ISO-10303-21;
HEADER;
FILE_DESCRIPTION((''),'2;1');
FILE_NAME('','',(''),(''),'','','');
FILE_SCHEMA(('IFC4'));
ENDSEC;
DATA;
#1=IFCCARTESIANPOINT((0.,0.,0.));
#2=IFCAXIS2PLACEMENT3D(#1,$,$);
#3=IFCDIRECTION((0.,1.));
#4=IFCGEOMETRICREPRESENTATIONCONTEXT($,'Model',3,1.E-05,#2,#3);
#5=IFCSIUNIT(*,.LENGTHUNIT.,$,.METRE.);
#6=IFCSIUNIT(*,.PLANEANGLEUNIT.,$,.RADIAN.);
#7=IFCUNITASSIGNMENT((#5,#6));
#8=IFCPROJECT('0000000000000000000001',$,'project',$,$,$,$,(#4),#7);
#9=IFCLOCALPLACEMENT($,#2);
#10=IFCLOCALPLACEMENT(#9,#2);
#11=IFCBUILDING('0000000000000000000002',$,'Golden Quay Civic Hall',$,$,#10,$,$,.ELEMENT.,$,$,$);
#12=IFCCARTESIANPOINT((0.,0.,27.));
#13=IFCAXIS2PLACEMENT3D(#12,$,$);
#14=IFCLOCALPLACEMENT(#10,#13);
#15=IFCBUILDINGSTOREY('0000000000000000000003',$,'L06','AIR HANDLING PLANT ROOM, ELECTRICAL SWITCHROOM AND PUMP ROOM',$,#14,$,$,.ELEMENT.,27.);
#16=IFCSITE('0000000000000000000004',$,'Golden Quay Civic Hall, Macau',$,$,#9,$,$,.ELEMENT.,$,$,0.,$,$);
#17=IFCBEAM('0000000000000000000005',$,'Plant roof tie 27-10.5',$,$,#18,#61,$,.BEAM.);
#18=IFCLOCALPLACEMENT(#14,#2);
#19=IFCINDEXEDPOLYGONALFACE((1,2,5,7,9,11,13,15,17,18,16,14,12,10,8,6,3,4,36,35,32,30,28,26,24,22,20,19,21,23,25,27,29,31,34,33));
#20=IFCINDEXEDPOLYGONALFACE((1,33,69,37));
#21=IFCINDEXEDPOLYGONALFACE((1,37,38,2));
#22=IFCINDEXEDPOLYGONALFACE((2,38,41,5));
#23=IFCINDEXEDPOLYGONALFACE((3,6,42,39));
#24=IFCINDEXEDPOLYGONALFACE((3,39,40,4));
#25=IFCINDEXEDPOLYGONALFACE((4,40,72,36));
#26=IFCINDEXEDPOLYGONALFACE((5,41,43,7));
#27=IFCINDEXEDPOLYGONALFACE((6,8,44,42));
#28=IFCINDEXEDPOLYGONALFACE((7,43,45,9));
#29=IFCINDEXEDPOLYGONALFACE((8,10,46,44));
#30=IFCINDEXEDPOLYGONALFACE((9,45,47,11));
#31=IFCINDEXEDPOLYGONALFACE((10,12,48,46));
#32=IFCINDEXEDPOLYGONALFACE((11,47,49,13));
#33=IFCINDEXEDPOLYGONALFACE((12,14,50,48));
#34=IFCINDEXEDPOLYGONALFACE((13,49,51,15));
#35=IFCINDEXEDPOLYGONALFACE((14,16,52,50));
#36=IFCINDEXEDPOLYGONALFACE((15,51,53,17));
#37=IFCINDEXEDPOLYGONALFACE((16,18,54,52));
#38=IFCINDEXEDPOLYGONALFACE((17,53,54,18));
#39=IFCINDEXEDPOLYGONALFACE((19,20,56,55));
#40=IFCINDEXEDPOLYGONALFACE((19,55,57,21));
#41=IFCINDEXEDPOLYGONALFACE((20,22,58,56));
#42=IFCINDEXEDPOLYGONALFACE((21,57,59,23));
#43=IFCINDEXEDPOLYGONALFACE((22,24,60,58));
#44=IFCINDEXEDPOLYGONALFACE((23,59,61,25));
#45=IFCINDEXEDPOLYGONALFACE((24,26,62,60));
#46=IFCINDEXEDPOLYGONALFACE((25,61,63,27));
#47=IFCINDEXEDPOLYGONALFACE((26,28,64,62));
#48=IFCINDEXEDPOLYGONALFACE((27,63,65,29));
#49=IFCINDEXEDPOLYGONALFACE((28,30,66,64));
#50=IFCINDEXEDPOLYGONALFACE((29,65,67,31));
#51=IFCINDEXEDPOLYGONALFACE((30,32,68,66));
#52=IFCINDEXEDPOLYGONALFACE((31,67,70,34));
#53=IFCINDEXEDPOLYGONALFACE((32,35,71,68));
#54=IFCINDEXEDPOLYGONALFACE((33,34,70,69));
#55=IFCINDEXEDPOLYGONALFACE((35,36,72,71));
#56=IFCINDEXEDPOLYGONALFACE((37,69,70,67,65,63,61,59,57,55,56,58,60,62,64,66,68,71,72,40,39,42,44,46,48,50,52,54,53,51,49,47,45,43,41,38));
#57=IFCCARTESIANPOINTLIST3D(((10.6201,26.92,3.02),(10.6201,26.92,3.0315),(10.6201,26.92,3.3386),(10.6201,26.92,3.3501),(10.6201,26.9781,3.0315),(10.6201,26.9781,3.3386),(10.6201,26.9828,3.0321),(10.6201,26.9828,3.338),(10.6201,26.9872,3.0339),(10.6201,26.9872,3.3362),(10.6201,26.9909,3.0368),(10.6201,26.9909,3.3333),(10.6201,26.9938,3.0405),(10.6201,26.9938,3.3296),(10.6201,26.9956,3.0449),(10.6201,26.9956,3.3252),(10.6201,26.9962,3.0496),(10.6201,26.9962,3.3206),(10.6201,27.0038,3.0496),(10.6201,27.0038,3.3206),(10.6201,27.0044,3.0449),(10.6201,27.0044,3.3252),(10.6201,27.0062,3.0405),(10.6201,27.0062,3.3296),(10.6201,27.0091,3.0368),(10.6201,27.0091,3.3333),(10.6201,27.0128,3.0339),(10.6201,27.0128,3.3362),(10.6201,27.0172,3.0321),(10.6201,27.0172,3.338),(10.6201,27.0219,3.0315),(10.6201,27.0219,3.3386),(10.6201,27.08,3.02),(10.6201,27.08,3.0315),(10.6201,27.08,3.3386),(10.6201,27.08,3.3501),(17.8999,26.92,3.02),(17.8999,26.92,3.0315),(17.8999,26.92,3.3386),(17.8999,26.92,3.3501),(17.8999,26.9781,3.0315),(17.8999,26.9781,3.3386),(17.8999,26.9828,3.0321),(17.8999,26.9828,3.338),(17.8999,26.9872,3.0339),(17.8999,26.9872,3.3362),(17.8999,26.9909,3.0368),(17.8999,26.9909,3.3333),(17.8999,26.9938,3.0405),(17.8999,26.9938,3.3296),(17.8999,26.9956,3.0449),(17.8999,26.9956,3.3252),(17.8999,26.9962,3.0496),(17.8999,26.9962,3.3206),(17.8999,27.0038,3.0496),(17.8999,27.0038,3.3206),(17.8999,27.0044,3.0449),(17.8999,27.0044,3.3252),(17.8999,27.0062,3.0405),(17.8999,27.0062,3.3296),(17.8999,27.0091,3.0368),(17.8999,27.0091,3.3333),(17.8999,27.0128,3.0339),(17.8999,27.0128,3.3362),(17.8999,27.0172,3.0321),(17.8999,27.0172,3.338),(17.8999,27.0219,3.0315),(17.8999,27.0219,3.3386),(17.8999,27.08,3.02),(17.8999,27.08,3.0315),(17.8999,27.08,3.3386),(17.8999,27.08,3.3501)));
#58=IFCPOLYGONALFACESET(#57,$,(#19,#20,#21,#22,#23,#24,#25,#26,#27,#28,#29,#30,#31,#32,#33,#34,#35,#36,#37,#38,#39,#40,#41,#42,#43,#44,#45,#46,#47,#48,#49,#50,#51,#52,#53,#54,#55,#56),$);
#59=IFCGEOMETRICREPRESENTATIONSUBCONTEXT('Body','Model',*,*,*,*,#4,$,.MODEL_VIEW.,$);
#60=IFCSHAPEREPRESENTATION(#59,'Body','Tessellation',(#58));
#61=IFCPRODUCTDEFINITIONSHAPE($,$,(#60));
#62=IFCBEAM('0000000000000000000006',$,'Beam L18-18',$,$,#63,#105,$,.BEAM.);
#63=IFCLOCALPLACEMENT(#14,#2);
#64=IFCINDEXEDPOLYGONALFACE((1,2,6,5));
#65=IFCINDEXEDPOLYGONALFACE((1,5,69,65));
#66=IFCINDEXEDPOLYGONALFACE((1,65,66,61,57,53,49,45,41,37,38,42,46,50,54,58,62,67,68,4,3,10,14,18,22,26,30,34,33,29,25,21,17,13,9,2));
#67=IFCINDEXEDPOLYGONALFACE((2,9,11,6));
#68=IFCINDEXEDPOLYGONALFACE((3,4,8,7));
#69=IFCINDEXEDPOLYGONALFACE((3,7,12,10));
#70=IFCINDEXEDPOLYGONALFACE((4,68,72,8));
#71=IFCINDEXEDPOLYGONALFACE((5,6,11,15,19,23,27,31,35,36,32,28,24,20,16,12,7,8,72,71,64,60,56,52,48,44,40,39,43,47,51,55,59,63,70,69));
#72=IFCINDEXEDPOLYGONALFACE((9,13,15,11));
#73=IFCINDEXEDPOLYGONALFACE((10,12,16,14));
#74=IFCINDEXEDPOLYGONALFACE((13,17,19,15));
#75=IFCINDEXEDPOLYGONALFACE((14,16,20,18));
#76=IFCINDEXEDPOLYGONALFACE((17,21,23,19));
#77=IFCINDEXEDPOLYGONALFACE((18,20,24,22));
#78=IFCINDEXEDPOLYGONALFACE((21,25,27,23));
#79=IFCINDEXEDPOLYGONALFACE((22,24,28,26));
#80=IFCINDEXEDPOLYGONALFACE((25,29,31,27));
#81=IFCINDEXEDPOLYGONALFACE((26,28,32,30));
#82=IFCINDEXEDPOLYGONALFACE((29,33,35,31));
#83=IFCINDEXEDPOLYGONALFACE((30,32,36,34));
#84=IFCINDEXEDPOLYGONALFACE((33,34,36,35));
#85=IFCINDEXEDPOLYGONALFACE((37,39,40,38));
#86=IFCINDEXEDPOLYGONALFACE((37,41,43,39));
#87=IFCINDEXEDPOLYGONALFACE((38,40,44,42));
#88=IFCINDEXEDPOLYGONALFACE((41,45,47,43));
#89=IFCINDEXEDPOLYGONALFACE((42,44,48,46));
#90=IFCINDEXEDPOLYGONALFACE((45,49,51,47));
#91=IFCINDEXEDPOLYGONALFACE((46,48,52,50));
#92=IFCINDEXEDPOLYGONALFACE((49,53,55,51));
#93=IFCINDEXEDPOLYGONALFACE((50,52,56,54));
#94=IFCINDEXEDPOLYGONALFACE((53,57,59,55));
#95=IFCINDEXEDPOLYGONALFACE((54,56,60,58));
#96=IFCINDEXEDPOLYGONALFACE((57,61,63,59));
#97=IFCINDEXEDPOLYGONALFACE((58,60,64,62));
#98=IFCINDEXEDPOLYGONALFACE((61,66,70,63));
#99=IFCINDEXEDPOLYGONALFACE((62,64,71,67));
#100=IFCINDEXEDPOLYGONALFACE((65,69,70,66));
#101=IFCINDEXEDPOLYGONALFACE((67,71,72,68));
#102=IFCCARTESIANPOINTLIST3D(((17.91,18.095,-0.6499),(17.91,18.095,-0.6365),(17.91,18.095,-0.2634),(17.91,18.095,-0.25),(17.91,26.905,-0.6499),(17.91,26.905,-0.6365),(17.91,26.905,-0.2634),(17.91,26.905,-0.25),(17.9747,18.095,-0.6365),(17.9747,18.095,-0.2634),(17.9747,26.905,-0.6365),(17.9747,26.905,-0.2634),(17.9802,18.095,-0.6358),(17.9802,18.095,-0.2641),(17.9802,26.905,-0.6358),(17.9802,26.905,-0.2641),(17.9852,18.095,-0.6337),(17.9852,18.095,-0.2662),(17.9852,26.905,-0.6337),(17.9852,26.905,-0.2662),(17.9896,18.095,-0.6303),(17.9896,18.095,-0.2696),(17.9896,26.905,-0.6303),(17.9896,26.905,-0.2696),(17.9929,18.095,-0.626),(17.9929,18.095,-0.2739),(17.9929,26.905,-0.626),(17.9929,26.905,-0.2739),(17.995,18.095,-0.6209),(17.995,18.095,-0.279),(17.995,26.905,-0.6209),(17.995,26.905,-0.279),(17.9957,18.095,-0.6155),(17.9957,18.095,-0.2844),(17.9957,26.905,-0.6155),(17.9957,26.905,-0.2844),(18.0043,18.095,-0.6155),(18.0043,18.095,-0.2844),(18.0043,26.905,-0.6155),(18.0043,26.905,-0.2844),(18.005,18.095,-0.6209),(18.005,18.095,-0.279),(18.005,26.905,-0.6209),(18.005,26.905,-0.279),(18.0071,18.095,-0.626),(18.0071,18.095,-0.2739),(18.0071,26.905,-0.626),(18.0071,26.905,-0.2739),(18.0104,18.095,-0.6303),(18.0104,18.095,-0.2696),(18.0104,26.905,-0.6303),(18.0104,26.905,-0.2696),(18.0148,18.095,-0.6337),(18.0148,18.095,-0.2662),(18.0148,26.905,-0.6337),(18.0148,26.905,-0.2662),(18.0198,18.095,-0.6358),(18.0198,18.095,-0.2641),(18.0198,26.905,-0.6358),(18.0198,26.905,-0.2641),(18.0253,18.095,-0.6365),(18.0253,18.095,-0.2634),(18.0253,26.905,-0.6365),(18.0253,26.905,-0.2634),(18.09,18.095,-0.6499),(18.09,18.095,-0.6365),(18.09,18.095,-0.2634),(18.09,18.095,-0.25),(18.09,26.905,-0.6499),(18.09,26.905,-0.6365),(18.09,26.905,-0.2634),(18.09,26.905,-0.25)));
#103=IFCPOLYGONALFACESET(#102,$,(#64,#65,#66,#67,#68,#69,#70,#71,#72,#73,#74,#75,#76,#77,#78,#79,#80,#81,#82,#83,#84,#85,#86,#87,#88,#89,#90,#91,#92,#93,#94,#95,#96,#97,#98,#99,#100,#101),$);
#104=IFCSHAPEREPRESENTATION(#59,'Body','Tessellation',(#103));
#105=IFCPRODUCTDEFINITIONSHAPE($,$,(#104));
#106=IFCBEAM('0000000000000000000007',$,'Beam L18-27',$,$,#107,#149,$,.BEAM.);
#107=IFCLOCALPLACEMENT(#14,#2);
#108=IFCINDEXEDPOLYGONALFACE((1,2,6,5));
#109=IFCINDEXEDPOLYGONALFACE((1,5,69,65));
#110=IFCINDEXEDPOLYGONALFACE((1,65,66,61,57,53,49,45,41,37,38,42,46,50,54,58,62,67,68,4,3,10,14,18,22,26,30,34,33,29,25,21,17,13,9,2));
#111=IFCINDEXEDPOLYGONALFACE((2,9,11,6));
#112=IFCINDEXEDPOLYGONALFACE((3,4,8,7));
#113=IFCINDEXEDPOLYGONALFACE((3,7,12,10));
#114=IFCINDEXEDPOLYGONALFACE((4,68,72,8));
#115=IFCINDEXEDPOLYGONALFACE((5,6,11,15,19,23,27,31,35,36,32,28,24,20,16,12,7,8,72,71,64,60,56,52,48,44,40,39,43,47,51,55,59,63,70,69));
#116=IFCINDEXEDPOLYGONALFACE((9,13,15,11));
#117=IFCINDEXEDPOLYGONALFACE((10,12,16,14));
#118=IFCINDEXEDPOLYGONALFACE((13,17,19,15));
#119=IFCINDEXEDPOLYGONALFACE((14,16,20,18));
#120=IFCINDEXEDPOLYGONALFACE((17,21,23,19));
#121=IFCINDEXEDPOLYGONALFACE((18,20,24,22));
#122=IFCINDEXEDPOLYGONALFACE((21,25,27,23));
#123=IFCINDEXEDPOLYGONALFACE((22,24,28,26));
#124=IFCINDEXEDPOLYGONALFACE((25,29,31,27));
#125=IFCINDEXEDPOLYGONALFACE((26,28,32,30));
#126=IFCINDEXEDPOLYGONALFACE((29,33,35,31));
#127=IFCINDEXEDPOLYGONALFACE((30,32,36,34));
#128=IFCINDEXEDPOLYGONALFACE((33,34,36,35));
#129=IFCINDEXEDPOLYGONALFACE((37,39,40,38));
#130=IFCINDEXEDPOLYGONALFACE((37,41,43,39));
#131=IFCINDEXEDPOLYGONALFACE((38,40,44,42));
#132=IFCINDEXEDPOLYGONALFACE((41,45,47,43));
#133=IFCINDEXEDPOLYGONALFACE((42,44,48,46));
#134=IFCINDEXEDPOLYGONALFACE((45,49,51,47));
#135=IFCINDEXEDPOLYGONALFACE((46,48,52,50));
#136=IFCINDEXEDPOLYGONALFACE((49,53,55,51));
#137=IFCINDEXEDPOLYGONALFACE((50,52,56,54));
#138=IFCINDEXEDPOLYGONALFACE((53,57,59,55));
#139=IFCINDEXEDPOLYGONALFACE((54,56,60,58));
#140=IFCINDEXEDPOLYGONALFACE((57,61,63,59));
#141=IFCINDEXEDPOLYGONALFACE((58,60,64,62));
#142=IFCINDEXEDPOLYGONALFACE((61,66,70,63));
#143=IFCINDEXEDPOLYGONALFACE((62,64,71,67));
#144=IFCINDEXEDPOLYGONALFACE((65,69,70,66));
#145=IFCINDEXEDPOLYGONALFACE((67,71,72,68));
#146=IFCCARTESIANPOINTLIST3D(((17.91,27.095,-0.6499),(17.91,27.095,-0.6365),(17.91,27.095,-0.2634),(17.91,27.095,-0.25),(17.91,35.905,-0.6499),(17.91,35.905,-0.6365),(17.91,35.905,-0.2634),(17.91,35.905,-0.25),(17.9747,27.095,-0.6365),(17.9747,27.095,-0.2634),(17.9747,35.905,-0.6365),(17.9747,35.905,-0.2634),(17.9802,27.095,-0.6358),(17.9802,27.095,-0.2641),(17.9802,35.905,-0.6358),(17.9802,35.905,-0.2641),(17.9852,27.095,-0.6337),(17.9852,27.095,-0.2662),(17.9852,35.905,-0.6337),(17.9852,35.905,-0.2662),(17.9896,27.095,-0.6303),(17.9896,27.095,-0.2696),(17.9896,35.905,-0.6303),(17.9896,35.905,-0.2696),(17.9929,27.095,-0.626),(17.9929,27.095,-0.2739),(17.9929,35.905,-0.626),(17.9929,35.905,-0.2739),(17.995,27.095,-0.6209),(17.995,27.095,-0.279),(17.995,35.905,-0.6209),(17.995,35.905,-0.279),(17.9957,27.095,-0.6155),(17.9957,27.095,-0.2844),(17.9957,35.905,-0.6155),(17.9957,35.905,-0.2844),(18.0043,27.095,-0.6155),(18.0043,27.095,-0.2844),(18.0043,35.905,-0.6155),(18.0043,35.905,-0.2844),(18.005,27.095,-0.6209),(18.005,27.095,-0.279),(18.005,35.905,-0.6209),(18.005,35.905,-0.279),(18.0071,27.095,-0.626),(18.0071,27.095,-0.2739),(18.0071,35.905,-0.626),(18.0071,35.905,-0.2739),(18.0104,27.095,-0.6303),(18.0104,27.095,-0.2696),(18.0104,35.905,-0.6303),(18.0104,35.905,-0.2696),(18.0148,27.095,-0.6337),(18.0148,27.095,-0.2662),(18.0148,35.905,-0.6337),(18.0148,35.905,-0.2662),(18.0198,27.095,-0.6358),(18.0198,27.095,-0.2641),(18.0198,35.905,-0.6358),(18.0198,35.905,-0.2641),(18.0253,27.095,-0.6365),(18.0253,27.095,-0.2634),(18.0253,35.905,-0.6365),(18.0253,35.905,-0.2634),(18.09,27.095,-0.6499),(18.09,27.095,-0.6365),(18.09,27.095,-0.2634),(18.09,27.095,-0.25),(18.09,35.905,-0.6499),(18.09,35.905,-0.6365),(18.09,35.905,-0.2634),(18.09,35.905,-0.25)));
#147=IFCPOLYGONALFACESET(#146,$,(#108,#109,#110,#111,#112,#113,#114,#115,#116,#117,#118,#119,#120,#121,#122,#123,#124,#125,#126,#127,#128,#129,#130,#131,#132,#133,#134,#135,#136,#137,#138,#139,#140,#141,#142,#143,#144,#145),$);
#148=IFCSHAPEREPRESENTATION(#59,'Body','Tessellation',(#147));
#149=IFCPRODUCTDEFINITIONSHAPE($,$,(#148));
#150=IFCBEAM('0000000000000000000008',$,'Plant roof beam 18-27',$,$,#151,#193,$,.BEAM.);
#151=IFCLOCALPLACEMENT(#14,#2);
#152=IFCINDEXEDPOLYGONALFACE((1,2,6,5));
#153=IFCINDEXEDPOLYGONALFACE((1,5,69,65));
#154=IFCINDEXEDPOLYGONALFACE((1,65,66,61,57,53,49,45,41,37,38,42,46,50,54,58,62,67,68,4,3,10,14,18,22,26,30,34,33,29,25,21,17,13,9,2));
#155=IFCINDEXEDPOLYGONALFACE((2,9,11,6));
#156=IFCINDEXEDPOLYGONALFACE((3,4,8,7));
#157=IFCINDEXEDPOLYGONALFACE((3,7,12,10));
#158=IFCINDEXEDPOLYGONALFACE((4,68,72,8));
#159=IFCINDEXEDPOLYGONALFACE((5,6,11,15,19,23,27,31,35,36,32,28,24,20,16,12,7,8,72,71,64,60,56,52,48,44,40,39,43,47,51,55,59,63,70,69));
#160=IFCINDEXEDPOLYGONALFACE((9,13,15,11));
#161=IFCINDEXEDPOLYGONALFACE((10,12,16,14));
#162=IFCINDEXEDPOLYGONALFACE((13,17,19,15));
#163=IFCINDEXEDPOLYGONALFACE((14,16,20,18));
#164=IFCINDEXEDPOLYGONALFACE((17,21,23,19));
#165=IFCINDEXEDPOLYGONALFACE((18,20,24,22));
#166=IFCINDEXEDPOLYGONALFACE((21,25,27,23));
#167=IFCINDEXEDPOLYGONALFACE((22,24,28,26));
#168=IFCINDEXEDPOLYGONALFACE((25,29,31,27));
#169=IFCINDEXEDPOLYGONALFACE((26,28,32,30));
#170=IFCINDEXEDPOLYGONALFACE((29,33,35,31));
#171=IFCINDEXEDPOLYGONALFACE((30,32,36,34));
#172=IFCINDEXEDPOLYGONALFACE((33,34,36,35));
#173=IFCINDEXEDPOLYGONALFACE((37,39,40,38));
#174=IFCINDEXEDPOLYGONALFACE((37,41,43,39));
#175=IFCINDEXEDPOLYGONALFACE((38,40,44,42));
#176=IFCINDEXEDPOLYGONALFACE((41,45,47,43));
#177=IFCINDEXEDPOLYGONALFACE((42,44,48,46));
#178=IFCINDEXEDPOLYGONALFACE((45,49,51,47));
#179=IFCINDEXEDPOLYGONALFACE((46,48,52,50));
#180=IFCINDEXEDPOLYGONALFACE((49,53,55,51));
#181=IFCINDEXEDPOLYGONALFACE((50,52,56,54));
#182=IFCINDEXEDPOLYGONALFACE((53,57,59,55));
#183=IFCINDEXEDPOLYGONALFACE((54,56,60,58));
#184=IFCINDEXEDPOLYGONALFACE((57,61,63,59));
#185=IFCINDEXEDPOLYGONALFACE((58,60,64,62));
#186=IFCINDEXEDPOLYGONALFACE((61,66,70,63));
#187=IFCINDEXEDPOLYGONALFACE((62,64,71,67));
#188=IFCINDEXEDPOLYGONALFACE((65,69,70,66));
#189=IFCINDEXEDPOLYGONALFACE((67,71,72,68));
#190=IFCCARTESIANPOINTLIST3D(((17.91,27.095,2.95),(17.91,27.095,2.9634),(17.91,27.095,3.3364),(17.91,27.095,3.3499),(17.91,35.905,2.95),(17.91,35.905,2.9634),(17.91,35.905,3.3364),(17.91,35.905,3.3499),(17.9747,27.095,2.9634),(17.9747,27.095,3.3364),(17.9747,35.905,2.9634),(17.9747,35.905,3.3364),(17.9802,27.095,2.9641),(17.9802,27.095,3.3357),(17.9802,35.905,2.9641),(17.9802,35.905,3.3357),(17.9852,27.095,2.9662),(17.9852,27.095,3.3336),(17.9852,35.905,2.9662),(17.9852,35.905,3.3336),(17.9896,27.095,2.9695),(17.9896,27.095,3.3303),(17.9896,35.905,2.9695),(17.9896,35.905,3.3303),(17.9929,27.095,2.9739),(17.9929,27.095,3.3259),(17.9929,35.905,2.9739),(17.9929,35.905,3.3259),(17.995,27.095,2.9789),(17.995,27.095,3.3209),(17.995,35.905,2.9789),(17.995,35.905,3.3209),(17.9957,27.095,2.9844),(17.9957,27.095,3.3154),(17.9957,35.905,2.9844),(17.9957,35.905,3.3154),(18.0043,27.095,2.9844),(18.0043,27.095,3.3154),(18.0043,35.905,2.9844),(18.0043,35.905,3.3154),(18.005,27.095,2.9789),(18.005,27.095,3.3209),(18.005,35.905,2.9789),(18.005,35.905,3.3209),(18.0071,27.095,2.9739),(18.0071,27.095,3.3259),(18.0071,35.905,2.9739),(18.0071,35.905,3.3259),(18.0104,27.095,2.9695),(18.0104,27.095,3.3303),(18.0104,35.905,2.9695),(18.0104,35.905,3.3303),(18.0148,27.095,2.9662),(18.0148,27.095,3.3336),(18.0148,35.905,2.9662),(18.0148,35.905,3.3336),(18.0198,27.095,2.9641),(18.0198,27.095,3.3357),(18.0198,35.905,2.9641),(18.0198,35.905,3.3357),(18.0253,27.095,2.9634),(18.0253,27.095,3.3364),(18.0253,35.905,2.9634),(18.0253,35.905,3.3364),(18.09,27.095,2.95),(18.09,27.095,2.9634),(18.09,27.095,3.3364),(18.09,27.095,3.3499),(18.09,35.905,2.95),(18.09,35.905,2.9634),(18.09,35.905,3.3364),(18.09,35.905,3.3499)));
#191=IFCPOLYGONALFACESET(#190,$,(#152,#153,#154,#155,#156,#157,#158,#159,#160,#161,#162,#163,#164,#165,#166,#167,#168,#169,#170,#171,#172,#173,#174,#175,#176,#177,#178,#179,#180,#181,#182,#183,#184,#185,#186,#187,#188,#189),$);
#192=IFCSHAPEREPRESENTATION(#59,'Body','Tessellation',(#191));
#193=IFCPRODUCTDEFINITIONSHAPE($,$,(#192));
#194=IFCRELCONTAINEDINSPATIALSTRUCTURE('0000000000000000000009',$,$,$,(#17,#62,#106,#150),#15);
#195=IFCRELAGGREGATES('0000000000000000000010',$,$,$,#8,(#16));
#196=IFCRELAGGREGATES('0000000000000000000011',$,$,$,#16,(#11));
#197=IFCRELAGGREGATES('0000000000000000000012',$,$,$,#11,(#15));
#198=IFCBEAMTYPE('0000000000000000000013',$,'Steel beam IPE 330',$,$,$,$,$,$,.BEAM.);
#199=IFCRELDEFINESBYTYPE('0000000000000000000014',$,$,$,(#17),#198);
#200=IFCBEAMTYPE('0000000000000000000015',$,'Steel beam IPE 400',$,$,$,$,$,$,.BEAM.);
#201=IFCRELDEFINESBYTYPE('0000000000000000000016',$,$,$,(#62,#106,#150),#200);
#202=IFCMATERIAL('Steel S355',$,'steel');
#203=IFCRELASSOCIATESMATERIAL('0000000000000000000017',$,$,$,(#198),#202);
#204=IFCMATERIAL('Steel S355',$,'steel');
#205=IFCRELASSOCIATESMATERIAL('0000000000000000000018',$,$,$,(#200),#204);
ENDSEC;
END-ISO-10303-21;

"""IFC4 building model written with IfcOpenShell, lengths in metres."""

from ifc_helpers import new_model, si_unit, direction, frame, origin, origin_2d, place, context, subcontext, project, spatial, i_section, extrude, material, material_profile, profile_set, type_object, element, save


model = new_model("IFC4")

# Units and contexts
model_context = context("Model", 3, precision=1e-05, world=origin(), true_north=direction((0.0, 1.0)))
body_context = subcontext(model_context, "Body", "Model", "MODEL_VIEW")
ifc_project = project(units=[si_unit("LENGTHUNIT", "METRE"), si_unit("PLANEANGLEUNIT", "RADIAN")], contexts=[model_context])

# Site, building, storey
site_placement = place(None, origin())
site = spatial("IfcSite", under=ifc_project, at=site_placement, Name="Golden Quay Civic Hall, Macau", CompositionType="ELEMENT", RefElevation=0.0)
building_placement = place(site_placement, origin())
building = spatial("IfcBuilding", under=site, at=building_placement, Name="Golden Quay Civic Hall", CompositionType="ELEMENT")
storey_placement = place(building_placement, frame((0.0, 0.0, 27.0)))
storey = spatial("IfcBuildingStorey", under=building, at=storey_placement, Name="L06", Description="AIR HANDLING PLANT ROOM, ELECTRICAL SWITCHROOM AND PUMP ROOM", CompositionType="ELEMENT", Elevation=27.0)

# Beams
ifc_material_1 = material(Name="Steel S355", Category="steel")
ifc_material_profile_1 = material_profile(ifc_material_1, i_section(OverallWidth=0.1599, OverallDepth=0.3301, WebThickness=0.0076, FlangeThickness=0.0115, FilletRadius=0.0181, at=origin_2d()), Name="IPE 330")
ifc_profile_set_1 = profile_set([ifc_material_profile_1], Name="Steel S355")
beam_type_1 = type_object("IfcBeamType", Name="Steel beam IPE 330", PredefinedType="BEAM", material=ifc_profile_set_1)
for number, where, z_axis, x_axis, name in (
    (1, (10.6201, 27.0, 3.1851), (1.0, 0.0, 0.0), (0.0, 1.0, 0.0), "Plant roof tie 27-10.5"),
):
    element("IfcBeam", number, at=place(storey_placement, frame(where, z_axis=z_axis, x_axis=x_axis)), inside=storey, type_object=beam_type_1, Name=name, PredefinedType="BEAM", context=body_context, shape_type="SweptSolid", body=[
        extrude(i_section(OverallWidth=0.1599, OverallDepth=0.3301, WebThickness=0.0076, FlangeThickness=0.0115, FilletRadius=0.0181, at=origin_2d()), origin(), (0.0, 0.0, 1.0), 7.2798),
    ])
ifc_material_2 = material(Name="Steel S355", Category="steel")
ifc_material_profile_2 = material_profile(ifc_material_2, i_section(OverallWidth=0.1799, OverallDepth=0.3999, WebThickness=0.0085, FlangeThickness=0.0134, FilletRadius=0.021, at=origin_2d()), Name="IPE 400")
ifc_profile_set_2 = profile_set([ifc_material_profile_2], Name="Steel S355")
beam_type_2 = type_object("IfcBeamType", Name="Steel beam IPE 400", PredefinedType="BEAM", material=ifc_profile_set_2)
for number, where, z_axis, x_axis, name in (
    (2, (18.0, 18.095, -0.45), (0.0, 1.0, 0.0), (-1.0, 0.0, 0.0), "Beam L18-18"),
    (3, (18.0, 27.095, -0.45), (0.0, 1.0, 0.0), (-1.0, 0.0, 0.0), "Beam L18-27"),
    (4, (18.0, 27.095, 3.1499), (0.0, 1.0, 0.0), (-1.0, 0.0, 0.0), "Plant roof beam 18-27"),
):
    element("IfcBeam", number, at=place(storey_placement, frame(where, z_axis=z_axis, x_axis=x_axis)), inside=storey, type_object=beam_type_2, Name=name, PredefinedType="BEAM", context=body_context, shape_type="SweptSolid", body=[
        extrude(i_section(OverallWidth=0.1799, OverallDepth=0.3999, WebThickness=0.0085, FlangeThickness=0.0134, FilletRadius=0.021, at=origin_2d()), origin(), (0.0, 0.0, 1.0), 8.8101),
    ])

save(model, "model.ifc")
